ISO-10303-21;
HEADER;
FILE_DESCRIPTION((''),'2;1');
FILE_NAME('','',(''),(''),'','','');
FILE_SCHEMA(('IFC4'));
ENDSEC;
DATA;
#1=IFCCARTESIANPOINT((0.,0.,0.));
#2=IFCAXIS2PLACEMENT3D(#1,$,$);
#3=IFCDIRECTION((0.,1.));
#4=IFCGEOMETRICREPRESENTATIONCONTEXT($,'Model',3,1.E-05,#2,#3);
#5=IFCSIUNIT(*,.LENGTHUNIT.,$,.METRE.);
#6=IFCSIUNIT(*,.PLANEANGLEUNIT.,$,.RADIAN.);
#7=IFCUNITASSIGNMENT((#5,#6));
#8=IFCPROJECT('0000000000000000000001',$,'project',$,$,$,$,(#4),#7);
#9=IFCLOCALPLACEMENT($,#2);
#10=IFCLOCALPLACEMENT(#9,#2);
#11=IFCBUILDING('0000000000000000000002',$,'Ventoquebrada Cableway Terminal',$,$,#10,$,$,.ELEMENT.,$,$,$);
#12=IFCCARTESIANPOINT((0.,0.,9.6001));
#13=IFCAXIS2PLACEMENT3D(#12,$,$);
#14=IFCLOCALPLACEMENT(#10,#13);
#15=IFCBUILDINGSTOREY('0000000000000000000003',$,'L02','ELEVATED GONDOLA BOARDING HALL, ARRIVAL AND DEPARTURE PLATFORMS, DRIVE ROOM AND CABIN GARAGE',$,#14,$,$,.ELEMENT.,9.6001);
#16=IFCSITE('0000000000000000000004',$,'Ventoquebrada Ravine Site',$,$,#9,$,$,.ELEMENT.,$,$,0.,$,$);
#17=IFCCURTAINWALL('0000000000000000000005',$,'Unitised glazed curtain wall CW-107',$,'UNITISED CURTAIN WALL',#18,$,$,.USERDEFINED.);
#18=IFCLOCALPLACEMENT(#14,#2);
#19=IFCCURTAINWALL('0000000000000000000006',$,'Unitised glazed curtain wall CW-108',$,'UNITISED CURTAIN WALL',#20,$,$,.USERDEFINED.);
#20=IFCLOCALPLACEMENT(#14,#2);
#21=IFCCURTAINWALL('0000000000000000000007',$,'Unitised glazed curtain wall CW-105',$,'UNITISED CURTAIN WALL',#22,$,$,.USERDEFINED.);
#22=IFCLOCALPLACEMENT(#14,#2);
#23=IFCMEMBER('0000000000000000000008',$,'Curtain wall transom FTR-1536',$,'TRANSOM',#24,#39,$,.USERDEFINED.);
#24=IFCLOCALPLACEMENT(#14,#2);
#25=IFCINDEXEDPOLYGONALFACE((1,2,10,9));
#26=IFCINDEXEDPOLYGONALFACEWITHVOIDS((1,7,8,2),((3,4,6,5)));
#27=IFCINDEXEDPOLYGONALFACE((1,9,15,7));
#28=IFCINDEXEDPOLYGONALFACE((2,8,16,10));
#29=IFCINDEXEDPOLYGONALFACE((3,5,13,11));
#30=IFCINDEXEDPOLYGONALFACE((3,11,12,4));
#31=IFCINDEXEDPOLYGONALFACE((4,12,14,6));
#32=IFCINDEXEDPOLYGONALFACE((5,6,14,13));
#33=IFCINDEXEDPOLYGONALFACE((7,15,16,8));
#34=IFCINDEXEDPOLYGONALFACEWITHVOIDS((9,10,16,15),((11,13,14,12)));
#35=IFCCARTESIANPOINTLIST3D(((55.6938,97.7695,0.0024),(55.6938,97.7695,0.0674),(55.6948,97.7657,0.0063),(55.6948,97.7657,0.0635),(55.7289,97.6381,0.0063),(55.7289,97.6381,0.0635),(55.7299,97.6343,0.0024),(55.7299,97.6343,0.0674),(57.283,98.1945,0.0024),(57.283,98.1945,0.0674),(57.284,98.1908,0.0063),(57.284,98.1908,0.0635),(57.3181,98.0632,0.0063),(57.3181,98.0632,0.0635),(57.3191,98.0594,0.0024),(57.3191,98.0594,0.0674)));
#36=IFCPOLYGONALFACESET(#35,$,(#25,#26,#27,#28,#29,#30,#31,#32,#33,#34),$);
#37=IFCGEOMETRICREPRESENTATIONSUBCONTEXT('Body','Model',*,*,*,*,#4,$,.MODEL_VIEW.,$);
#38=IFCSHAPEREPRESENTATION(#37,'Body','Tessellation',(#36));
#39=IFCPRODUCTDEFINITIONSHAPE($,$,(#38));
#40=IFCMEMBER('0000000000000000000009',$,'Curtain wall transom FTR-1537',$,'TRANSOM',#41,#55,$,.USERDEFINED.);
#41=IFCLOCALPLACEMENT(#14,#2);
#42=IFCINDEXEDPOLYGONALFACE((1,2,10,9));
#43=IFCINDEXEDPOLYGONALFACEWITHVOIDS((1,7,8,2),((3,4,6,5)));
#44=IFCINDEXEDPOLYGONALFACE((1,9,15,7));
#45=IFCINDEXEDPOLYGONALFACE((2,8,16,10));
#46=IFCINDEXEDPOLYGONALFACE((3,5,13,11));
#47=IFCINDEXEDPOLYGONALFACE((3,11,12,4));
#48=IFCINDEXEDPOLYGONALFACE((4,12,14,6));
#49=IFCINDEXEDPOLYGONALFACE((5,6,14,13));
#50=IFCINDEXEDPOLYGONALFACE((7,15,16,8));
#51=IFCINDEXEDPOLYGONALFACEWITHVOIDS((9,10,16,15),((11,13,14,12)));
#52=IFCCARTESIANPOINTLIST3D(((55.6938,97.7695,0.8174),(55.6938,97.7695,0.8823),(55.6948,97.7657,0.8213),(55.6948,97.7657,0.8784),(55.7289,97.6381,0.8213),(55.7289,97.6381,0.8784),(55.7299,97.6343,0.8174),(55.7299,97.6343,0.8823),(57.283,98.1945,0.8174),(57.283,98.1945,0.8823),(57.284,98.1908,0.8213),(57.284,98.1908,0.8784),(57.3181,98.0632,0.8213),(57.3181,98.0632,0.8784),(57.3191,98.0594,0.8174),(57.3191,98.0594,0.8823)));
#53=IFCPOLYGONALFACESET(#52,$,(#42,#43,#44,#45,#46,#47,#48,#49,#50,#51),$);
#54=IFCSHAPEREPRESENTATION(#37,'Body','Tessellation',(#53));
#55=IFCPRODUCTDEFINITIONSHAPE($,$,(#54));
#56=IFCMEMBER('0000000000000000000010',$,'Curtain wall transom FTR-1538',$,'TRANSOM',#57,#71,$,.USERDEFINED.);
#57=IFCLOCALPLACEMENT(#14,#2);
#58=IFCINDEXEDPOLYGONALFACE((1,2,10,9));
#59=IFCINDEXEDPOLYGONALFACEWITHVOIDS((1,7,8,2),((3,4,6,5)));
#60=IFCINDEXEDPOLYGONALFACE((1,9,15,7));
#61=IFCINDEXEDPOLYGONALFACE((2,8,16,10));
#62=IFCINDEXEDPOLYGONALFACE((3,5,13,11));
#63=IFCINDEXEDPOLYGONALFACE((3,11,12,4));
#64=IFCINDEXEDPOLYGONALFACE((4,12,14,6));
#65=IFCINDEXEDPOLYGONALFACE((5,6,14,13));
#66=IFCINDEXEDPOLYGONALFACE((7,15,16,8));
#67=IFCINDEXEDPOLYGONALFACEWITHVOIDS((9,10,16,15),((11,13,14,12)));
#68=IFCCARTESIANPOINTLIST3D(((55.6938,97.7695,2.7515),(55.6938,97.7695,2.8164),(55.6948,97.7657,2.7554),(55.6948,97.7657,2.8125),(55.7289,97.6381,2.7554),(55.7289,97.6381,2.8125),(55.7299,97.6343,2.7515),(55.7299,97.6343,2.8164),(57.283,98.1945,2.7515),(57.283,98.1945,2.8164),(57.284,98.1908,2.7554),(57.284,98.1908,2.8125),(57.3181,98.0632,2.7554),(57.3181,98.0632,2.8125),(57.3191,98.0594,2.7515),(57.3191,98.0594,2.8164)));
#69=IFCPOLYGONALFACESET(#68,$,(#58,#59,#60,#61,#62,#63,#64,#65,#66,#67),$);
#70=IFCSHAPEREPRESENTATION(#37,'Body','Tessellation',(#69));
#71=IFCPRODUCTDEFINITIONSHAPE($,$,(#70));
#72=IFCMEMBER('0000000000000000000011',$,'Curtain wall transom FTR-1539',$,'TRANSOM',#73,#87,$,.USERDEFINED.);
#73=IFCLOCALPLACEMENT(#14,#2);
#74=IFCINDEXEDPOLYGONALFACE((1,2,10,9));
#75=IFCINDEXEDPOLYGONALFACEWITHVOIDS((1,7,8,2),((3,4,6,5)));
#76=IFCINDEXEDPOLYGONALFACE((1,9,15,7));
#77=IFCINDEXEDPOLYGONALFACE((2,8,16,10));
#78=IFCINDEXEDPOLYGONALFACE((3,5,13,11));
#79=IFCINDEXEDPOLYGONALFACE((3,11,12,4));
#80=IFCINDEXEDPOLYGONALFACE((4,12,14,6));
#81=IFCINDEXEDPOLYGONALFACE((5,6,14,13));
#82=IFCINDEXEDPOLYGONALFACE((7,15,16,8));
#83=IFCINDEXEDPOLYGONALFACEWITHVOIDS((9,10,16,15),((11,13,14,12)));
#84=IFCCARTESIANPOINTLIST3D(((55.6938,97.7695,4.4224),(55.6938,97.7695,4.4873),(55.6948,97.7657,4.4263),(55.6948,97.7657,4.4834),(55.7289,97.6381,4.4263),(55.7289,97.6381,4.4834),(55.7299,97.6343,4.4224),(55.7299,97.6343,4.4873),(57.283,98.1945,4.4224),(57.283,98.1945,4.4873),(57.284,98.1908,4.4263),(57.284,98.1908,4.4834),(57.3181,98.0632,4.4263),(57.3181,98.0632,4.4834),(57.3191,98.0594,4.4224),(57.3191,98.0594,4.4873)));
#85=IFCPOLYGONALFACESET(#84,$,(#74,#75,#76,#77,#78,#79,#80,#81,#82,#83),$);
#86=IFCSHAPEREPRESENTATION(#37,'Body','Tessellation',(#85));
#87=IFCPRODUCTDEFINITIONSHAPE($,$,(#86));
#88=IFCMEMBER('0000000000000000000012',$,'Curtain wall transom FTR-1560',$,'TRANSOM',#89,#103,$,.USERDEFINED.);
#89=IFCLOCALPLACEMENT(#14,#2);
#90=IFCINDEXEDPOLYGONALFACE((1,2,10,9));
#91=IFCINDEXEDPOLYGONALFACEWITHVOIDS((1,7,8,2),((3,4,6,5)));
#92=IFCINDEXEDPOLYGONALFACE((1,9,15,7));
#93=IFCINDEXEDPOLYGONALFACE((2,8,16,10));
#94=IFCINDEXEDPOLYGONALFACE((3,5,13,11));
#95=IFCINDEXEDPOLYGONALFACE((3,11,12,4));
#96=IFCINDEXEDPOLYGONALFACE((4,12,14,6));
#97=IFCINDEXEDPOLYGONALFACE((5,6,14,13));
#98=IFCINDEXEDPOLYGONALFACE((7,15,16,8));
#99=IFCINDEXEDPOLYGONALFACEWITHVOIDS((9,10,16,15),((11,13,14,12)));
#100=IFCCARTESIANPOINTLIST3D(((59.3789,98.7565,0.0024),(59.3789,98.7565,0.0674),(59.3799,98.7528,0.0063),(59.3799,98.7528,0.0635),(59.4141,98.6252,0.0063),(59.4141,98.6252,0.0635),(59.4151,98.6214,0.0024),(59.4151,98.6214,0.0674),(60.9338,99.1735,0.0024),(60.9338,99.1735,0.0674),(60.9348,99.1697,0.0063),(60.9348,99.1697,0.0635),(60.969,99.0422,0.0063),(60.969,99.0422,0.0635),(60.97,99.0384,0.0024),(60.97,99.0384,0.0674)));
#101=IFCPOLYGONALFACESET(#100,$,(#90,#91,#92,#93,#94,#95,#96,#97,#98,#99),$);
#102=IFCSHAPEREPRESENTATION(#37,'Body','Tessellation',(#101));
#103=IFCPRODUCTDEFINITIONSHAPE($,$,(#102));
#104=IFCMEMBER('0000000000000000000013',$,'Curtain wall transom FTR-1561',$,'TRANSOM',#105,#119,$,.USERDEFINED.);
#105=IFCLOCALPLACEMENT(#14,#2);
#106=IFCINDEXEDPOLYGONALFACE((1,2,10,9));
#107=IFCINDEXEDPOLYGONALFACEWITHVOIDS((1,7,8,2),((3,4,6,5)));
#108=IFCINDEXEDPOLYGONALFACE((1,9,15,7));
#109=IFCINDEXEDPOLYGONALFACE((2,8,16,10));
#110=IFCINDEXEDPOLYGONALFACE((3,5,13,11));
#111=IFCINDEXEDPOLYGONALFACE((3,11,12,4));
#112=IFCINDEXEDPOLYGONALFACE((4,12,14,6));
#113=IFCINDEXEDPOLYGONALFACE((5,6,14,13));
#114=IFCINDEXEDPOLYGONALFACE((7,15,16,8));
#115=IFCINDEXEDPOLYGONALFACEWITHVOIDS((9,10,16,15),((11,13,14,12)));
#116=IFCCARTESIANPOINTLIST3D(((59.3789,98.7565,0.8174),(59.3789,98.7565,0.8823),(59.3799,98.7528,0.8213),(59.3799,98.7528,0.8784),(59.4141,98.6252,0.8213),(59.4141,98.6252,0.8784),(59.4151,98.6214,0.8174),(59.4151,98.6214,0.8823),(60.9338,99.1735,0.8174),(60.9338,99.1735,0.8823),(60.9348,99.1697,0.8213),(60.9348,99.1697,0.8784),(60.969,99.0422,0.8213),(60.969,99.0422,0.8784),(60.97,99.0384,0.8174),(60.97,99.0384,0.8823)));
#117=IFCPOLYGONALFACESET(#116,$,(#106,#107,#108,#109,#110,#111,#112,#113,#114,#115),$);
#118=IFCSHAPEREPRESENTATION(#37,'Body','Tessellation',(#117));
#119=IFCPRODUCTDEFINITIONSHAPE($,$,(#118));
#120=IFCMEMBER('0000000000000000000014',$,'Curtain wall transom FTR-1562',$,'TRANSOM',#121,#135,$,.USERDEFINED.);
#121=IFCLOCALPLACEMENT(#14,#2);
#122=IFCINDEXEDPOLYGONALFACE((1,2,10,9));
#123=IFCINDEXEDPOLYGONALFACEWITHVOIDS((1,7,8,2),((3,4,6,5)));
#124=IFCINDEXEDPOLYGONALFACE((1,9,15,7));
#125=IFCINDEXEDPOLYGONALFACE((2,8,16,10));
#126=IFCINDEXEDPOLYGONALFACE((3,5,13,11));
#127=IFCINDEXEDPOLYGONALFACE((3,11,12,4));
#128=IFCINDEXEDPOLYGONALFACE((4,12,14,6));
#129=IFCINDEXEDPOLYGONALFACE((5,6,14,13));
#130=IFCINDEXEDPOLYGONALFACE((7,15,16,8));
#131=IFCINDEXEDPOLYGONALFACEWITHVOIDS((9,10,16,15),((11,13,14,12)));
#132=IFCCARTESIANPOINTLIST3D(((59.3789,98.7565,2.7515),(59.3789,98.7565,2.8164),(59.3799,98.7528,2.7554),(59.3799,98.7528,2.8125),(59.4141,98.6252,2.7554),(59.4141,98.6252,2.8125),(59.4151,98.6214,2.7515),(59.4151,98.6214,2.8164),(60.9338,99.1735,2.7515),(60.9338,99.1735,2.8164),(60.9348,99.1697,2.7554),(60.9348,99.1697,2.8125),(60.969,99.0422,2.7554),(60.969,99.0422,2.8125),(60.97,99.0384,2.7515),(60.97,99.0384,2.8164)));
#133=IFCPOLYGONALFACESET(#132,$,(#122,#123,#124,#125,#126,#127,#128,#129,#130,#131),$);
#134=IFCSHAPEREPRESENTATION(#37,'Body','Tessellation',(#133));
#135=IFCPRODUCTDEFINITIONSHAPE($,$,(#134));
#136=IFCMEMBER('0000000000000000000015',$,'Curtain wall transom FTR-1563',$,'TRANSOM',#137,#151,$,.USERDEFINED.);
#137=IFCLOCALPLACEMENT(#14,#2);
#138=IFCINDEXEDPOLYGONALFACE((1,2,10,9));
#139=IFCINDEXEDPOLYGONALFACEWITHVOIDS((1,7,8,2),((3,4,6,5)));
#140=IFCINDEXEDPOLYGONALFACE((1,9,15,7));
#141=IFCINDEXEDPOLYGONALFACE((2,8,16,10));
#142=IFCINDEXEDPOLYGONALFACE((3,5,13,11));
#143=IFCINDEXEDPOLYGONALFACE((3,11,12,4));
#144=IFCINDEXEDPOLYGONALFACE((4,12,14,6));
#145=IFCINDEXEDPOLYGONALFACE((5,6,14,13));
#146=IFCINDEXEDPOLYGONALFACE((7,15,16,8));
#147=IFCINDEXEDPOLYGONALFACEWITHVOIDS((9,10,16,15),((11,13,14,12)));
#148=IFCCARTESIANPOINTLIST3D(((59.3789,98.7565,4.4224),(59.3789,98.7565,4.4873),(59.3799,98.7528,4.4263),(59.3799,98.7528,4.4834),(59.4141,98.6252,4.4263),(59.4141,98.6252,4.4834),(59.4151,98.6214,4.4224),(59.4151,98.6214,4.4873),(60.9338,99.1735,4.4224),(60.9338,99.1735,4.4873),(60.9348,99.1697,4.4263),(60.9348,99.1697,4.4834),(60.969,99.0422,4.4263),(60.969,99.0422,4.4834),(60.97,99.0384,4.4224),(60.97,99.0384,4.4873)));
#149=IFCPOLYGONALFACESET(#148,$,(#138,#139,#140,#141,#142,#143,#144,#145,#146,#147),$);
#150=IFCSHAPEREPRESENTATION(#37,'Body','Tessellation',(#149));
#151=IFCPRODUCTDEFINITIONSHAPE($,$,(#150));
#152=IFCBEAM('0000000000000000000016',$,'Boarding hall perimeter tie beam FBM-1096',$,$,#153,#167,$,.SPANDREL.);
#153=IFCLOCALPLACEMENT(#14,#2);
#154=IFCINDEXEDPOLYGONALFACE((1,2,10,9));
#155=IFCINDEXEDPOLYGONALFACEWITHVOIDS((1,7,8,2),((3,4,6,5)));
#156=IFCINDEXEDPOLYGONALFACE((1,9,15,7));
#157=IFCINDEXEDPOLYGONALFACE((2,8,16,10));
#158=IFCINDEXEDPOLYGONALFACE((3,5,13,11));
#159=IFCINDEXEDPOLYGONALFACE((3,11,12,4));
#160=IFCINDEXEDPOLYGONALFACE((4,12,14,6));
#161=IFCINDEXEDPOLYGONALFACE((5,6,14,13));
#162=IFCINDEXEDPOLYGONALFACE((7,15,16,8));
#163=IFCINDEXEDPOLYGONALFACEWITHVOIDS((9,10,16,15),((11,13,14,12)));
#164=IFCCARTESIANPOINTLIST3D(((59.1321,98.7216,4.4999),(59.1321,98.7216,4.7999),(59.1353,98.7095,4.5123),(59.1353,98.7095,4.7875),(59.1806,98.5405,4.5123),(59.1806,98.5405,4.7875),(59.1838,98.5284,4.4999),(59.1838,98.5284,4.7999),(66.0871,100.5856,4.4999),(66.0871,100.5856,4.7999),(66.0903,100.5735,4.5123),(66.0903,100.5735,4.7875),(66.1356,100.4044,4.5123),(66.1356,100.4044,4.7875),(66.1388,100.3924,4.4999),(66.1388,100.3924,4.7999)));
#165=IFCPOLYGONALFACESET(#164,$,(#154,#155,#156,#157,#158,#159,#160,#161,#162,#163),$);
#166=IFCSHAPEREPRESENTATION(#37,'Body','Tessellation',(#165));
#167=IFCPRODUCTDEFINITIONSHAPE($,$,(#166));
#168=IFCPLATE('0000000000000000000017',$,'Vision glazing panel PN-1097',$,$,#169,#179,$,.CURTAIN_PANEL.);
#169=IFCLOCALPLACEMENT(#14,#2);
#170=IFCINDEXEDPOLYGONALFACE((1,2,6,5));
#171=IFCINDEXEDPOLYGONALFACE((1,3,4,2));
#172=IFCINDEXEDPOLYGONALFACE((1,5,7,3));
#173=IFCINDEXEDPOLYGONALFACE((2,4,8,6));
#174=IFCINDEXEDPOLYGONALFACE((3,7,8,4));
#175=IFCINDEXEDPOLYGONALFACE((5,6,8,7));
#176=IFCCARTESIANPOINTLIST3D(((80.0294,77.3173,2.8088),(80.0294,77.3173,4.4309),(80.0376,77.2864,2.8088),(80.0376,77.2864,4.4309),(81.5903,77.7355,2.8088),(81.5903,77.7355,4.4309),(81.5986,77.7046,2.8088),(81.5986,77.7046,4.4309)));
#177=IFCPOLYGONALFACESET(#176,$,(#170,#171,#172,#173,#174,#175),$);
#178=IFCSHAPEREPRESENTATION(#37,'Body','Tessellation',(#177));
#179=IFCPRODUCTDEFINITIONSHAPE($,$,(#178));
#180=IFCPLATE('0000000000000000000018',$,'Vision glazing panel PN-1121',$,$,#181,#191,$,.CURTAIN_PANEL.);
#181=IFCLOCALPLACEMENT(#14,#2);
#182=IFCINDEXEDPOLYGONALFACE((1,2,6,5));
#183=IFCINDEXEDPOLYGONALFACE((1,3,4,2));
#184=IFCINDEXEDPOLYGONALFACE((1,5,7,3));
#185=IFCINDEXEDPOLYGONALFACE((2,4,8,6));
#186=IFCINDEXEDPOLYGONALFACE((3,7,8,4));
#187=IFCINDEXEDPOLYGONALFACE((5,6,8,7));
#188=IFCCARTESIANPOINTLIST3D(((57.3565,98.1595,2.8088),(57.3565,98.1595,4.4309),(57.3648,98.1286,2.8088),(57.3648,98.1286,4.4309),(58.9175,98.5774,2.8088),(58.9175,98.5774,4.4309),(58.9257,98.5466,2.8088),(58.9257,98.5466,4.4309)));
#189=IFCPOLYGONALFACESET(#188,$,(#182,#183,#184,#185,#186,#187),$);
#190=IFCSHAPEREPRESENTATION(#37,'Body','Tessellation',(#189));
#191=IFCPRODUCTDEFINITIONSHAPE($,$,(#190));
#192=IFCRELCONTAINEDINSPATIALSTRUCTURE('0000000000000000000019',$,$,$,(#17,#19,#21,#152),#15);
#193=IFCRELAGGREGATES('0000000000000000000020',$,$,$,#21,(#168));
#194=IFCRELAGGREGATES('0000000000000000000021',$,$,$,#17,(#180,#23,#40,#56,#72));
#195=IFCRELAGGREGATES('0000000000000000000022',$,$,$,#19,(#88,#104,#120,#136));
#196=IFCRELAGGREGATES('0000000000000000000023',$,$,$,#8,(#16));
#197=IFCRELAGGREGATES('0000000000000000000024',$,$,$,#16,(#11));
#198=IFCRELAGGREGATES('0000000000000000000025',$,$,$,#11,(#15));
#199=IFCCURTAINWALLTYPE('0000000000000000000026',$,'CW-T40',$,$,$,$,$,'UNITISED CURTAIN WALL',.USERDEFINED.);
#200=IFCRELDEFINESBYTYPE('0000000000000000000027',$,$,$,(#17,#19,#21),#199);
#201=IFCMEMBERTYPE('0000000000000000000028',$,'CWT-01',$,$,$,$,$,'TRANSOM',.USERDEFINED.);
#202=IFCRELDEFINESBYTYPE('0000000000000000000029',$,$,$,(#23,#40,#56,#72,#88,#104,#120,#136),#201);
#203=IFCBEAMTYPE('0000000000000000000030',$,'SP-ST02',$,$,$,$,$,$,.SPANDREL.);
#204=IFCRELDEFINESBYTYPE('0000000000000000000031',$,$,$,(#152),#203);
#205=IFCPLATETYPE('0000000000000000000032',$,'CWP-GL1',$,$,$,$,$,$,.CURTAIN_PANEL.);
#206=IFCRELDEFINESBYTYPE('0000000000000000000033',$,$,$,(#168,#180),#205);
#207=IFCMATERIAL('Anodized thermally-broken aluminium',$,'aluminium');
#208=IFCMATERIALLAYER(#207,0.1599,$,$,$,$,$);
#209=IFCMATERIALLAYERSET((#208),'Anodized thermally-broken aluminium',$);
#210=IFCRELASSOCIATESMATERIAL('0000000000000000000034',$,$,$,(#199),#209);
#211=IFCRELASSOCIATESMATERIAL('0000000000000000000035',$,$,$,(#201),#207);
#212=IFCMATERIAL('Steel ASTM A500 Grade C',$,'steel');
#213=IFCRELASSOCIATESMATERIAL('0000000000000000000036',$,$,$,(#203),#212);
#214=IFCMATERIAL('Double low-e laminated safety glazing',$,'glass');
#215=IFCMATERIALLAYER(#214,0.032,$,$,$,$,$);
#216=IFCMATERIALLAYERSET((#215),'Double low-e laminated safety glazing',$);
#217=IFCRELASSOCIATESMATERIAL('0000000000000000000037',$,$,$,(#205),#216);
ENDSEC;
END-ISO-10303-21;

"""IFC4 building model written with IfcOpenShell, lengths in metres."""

from ifc_helpers import new_model, si_unit, direction, frame, origin, origin_2d, place, context, subcontext, project, spatial, rectangle, hollow_rectangle, extrude, material, layer, layer_set, material_profile, profile_set, type_object, element, aggregate, save


model = new_model("IFC4")

# Units and contexts
model_context = context("Model", 3, precision=1e-05, world=origin(), true_north=direction((0.0, 1.0)))
body_context = subcontext(model_context, "Body", "Model", "MODEL_VIEW")
ifc_project = project(units=[si_unit("LENGTHUNIT", "METRE"), si_unit("PLANEANGLEUNIT", "RADIAN")], contexts=[model_context])

# Site, building, storey
site_placement = place(None, origin())
site = spatial("IfcSite", under=ifc_project, at=site_placement, Name="Ventoquebrada Ravine Site", CompositionType="ELEMENT", RefElevation=0.0)
building_placement = place(site_placement, origin())
building = spatial("IfcBuilding", under=site, at=building_placement, Name="Ventoquebrada Cableway Terminal", CompositionType="ELEMENT")
storey_placement = place(building_placement, frame((0.0, 0.0, 9.6001)))
storey = spatial("IfcBuildingStorey", under=building, at=storey_placement, Name="L02", Description="ELEVATED GONDOLA BOARDING HALL, ARRIVAL AND DEPARTURE PLATFORMS, DRIVE ROOM AND CABIN GARAGE", CompositionType="ELEMENT", Elevation=9.6001)

# Shared definitions
ifc_material_1 = material(Name="Steel ASTM A500 Grade C", Category="steel")

# Curtain walls
ifc_material_2 = material(Name="Anodized thermally-broken aluminium", Category="aluminium")
ifc_layer_1 = layer(ifc_material_2, 0.1599)
ifc_layer_set_1 = layer_set([ifc_layer_1], Name="Anodized thermally-broken aluminium")
curtain_wall_type = type_object("IfcCurtainWallType", Name="CW-T40", ElementType="UNITISED CURTAIN WALL", PredefinedType="USERDEFINED", material=ifc_layer_set_1)
curtain_wall_1_placement = place(storey_placement, origin())
curtain_wall_1 = element("IfcCurtainWall", 1, at=curtain_wall_1_placement, inside=storey, type_object=curtain_wall_type, Name="Unitised glazed curtain wall CW-107", ObjectType="UNITISED CURTAIN WALL", PredefinedType="USERDEFINED")
curtain_wall_2_placement = place(storey_placement, origin())
curtain_wall_2 = element("IfcCurtainWall", 2, at=curtain_wall_2_placement, inside=storey, type_object=curtain_wall_type, Name="Unitised glazed curtain wall CW-108", ObjectType="UNITISED CURTAIN WALL", PredefinedType="USERDEFINED")

# Curtain wall
curtain_wall_3_placement = place(storey_placement, origin())
curtain_wall_3 = element("IfcCurtainWall", 3, at=curtain_wall_3_placement, inside=storey, type_object=curtain_wall_type, Name="Unitised glazed curtain wall CW-105", ObjectType="UNITISED CURTAIN WALL", PredefinedType="USERDEFINED")
ifc_material_profile_1 = material_profile(ifc_material_2, hollow_rectangle(XDim=0.0649, YDim=0.1399, WallThickness=0.0039, at=origin_2d()), Name="CW-TRN-65X140")
ifc_profile_set_1 = profile_set([ifc_material_profile_1], Name="Anodized thermally-broken aluminium")
member_type_1 = type_object("IfcMemberType", Name="CWT-01", ElementType="TRANSOM", PredefinedType="USERDEFINED", material=ifc_profile_set_1)

# Members
member_1_placement = place(storey_placement, frame((57.301, 98.127, 0.0349), z_axis=(-0.96604, -0.258392, 0.0), x_axis=(0.0, 0.0, 1.0)))
member_1 = element("IfcMember", 4, at=member_1_placement, type_object=member_type_1, Name="Curtain wall transom FTR-1536", ObjectType="TRANSOM", PredefinedType="USERDEFINED", context=body_context, shape_type="SweptSolid", body=[
    extrude(hollow_rectangle(XDim=0.0649, YDim=0.1399, WallThickness=0.0039, at=origin_2d()), origin(), (0.0, 0.0, 1.0), 1.645),
])
member_2_placement = place(storey_placement, frame((57.301, 98.127, 0.8499), z_axis=(-0.96604, -0.258392, 0.0), x_axis=(0.0, 0.0, 1.0)))
member_2 = element("IfcMember", 5, at=member_2_placement, type_object=member_type_1, Name="Curtain wall transom FTR-1537", ObjectType="TRANSOM", PredefinedType="USERDEFINED", context=body_context, shape_type="SweptSolid", body=[
    extrude(hollow_rectangle(XDim=0.0649, YDim=0.1399, WallThickness=0.0039, at=origin_2d()), origin(), (0.0, 0.0, 1.0), 1.645),
])
member_3_placement = place(storey_placement, frame((57.301, 98.127, 2.7839), z_axis=(-0.96604, -0.258392, 0.0), x_axis=(0.0, 0.0, 1.0)))
member_3 = element("IfcMember", 6, at=member_3_placement, type_object=member_type_1, Name="Curtain wall transom FTR-1538", ObjectType="TRANSOM", PredefinedType="USERDEFINED", context=body_context, shape_type="SweptSolid", body=[
    extrude(hollow_rectangle(XDim=0.0649, YDim=0.1399, WallThickness=0.0039, at=origin_2d()), origin(), (0.0, 0.0, 1.0), 1.645),
])
member_4_placement = place(storey_placement, frame((57.301, 98.127, 4.4548), z_axis=(-0.96604, -0.258392, 0.0), x_axis=(0.0, 0.0, 1.0)))
member_4 = element("IfcMember", 7, at=member_4_placement, type_object=member_type_1, Name="Curtain wall transom FTR-1539", ObjectType="TRANSOM", PredefinedType="USERDEFINED", context=body_context, shape_type="SweptSolid", body=[
    extrude(hollow_rectangle(XDim=0.0649, YDim=0.1399, WallThickness=0.0039, at=origin_2d()), origin(), (0.0, 0.0, 1.0), 1.645),
])
member_5_placement = place(storey_placement, frame((60.9519, 99.106, 0.0349), z_axis=(-0.965872, -0.259022, 0.0), x_axis=(0.0, 0.0, 1.0)))
member_5 = element("IfcMember", 8, at=member_5_placement, type_object=member_type_1, Name="Curtain wall transom FTR-1560", ObjectType="TRANSOM", PredefinedType="USERDEFINED", context=body_context, shape_type="SweptSolid", body=[
    extrude(hollow_rectangle(XDim=0.0649, YDim=0.1399, WallThickness=0.0039, at=origin_2d()), origin(), (0.0, 0.0, 1.0), 1.6099),
])
member_6_placement = place(storey_placement, frame((60.9519, 99.106, 0.8499), z_axis=(-0.965872, -0.259022, 0.0), x_axis=(0.0, 0.0, 1.0)))
member_6 = element("IfcMember", 9, at=member_6_placement, type_object=member_type_1, Name="Curtain wall transom FTR-1561", ObjectType="TRANSOM", PredefinedType="USERDEFINED", context=body_context, shape_type="SweptSolid", body=[
    extrude(hollow_rectangle(XDim=0.0649, YDim=0.1399, WallThickness=0.0039, at=origin_2d()), origin(), (0.0, 0.0, 1.0), 1.6099),
])
member_7_placement = place(storey_placement, frame((60.9519, 99.106, 2.7839), z_axis=(-0.965872, -0.259022, 0.0), x_axis=(0.0, 0.0, 1.0)))
member_7 = element("IfcMember", 10, at=member_7_placement, type_object=member_type_1, Name="Curtain wall transom FTR-1562", ObjectType="TRANSOM", PredefinedType="USERDEFINED", context=body_context, shape_type="SweptSolid", body=[
    extrude(hollow_rectangle(XDim=0.0649, YDim=0.1399, WallThickness=0.0039, at=origin_2d()), origin(), (0.0, 0.0, 1.0), 1.6099),
])
member_8_placement = place(storey_placement, frame((60.9519, 99.106, 4.4548), z_axis=(-0.965872, -0.259022, 0.0), x_axis=(0.0, 0.0, 1.0)))
member_8 = element("IfcMember", 11, at=member_8_placement, type_object=member_type_1, Name="Curtain wall transom FTR-1563", ObjectType="TRANSOM", PredefinedType="USERDEFINED", context=body_context, shape_type="SweptSolid", body=[
    extrude(hollow_rectangle(XDim=0.0649, YDim=0.1399, WallThickness=0.0039, at=origin_2d()), origin(), (0.0, 0.0, 1.0), 1.6099),
])

# Beam
ifc_material_profile_2 = material_profile(ifc_material_1, hollow_rectangle(XDim=0.2, YDim=0.3, WallThickness=0.0125, at=origin_2d()), Name="RHS300X200X12.5")
ifc_profile_set_2 = profile_set([ifc_material_profile_2], Name="Steel ASTM A500 Grade C")
beam_type = type_object("IfcBeamType", Name="SP-ST02", PredefinedType="SPANDREL", material=ifc_profile_set_2)
beam_placement = place(storey_placement, frame((59.158, 98.625, 4.6499), z_axis=(0.965912, 0.258872, 0.0), x_axis=(-0.258872, 0.965912, 0.0)))
element("IfcBeam", 12, at=beam_placement, inside=storey, type_object=beam_type, Name="Boarding hall perimeter tie beam FBM-1096", PredefinedType="SPANDREL", context=body_context, shape_type="SweptSolid", body=[
    extrude(hollow_rectangle(XDim=0.2, YDim=0.3, WallThickness=0.0125, at=origin_2d()), origin(), (0.0, 0.0, 1.0), 7.2004),
])

# Plates
ifc_material_3 = material(Name="Double low-e laminated safety glazing", Category="glass")
ifc_layer_2 = layer(ifc_material_3, 0.032)
ifc_layer_set_2 = layer_set([ifc_layer_2], Name="Double low-e laminated safety glazing")
plate_type_1 = type_object("IfcPlateType", Name="CWP-GL1", PredefinedType="CURTAIN_PANEL", material=ifc_layer_set_2)
plate_1_placement = place(storey_placement, frame((80.814, 77.511, 2.8088), z_axis=(0.0, 0.0, 1.0), x_axis=(0.96593, 0.258802, 0.0)))
plate_1 = element("IfcPlate", 13, at=plate_1_placement, type_object=plate_type_1, Name="Vision glazing panel PN-1097", PredefinedType="CURTAIN_PANEL", context=body_context, shape_type="SweptSolid", body=[
    extrude(rectangle(XDim=1.616, YDim=0.032, at=origin_2d()), origin(), (0.0, 0.0, 1.0), 1.6221),
])
plate_2_placement = place(storey_placement, frame((58.1411, 98.353, 2.8088), z_axis=(0.0, 0.0, 1.0), x_axis=(-0.965975, -0.258634, 0.0)))
plate_2 = element("IfcPlate", 14, at=plate_2_placement, type_object=plate_type_1, Name="Vision glazing panel PN-1121", PredefinedType="CURTAIN_PANEL", context=body_context, shape_type="SweptSolid", body=[
    extrude(rectangle(XDim=1.616, YDim=0.032, at=origin_2d()), origin(), (0.0, 0.0, 1.0), 1.6221),
])
aggregate(curtain_wall_3, [plate_1])
aggregate(curtain_wall_1, [plate_2, member_1, member_2, member_3, member_4])
aggregate(curtain_wall_2, [member_5, member_6, member_7, member_8])

save(model, "model.ifc")
